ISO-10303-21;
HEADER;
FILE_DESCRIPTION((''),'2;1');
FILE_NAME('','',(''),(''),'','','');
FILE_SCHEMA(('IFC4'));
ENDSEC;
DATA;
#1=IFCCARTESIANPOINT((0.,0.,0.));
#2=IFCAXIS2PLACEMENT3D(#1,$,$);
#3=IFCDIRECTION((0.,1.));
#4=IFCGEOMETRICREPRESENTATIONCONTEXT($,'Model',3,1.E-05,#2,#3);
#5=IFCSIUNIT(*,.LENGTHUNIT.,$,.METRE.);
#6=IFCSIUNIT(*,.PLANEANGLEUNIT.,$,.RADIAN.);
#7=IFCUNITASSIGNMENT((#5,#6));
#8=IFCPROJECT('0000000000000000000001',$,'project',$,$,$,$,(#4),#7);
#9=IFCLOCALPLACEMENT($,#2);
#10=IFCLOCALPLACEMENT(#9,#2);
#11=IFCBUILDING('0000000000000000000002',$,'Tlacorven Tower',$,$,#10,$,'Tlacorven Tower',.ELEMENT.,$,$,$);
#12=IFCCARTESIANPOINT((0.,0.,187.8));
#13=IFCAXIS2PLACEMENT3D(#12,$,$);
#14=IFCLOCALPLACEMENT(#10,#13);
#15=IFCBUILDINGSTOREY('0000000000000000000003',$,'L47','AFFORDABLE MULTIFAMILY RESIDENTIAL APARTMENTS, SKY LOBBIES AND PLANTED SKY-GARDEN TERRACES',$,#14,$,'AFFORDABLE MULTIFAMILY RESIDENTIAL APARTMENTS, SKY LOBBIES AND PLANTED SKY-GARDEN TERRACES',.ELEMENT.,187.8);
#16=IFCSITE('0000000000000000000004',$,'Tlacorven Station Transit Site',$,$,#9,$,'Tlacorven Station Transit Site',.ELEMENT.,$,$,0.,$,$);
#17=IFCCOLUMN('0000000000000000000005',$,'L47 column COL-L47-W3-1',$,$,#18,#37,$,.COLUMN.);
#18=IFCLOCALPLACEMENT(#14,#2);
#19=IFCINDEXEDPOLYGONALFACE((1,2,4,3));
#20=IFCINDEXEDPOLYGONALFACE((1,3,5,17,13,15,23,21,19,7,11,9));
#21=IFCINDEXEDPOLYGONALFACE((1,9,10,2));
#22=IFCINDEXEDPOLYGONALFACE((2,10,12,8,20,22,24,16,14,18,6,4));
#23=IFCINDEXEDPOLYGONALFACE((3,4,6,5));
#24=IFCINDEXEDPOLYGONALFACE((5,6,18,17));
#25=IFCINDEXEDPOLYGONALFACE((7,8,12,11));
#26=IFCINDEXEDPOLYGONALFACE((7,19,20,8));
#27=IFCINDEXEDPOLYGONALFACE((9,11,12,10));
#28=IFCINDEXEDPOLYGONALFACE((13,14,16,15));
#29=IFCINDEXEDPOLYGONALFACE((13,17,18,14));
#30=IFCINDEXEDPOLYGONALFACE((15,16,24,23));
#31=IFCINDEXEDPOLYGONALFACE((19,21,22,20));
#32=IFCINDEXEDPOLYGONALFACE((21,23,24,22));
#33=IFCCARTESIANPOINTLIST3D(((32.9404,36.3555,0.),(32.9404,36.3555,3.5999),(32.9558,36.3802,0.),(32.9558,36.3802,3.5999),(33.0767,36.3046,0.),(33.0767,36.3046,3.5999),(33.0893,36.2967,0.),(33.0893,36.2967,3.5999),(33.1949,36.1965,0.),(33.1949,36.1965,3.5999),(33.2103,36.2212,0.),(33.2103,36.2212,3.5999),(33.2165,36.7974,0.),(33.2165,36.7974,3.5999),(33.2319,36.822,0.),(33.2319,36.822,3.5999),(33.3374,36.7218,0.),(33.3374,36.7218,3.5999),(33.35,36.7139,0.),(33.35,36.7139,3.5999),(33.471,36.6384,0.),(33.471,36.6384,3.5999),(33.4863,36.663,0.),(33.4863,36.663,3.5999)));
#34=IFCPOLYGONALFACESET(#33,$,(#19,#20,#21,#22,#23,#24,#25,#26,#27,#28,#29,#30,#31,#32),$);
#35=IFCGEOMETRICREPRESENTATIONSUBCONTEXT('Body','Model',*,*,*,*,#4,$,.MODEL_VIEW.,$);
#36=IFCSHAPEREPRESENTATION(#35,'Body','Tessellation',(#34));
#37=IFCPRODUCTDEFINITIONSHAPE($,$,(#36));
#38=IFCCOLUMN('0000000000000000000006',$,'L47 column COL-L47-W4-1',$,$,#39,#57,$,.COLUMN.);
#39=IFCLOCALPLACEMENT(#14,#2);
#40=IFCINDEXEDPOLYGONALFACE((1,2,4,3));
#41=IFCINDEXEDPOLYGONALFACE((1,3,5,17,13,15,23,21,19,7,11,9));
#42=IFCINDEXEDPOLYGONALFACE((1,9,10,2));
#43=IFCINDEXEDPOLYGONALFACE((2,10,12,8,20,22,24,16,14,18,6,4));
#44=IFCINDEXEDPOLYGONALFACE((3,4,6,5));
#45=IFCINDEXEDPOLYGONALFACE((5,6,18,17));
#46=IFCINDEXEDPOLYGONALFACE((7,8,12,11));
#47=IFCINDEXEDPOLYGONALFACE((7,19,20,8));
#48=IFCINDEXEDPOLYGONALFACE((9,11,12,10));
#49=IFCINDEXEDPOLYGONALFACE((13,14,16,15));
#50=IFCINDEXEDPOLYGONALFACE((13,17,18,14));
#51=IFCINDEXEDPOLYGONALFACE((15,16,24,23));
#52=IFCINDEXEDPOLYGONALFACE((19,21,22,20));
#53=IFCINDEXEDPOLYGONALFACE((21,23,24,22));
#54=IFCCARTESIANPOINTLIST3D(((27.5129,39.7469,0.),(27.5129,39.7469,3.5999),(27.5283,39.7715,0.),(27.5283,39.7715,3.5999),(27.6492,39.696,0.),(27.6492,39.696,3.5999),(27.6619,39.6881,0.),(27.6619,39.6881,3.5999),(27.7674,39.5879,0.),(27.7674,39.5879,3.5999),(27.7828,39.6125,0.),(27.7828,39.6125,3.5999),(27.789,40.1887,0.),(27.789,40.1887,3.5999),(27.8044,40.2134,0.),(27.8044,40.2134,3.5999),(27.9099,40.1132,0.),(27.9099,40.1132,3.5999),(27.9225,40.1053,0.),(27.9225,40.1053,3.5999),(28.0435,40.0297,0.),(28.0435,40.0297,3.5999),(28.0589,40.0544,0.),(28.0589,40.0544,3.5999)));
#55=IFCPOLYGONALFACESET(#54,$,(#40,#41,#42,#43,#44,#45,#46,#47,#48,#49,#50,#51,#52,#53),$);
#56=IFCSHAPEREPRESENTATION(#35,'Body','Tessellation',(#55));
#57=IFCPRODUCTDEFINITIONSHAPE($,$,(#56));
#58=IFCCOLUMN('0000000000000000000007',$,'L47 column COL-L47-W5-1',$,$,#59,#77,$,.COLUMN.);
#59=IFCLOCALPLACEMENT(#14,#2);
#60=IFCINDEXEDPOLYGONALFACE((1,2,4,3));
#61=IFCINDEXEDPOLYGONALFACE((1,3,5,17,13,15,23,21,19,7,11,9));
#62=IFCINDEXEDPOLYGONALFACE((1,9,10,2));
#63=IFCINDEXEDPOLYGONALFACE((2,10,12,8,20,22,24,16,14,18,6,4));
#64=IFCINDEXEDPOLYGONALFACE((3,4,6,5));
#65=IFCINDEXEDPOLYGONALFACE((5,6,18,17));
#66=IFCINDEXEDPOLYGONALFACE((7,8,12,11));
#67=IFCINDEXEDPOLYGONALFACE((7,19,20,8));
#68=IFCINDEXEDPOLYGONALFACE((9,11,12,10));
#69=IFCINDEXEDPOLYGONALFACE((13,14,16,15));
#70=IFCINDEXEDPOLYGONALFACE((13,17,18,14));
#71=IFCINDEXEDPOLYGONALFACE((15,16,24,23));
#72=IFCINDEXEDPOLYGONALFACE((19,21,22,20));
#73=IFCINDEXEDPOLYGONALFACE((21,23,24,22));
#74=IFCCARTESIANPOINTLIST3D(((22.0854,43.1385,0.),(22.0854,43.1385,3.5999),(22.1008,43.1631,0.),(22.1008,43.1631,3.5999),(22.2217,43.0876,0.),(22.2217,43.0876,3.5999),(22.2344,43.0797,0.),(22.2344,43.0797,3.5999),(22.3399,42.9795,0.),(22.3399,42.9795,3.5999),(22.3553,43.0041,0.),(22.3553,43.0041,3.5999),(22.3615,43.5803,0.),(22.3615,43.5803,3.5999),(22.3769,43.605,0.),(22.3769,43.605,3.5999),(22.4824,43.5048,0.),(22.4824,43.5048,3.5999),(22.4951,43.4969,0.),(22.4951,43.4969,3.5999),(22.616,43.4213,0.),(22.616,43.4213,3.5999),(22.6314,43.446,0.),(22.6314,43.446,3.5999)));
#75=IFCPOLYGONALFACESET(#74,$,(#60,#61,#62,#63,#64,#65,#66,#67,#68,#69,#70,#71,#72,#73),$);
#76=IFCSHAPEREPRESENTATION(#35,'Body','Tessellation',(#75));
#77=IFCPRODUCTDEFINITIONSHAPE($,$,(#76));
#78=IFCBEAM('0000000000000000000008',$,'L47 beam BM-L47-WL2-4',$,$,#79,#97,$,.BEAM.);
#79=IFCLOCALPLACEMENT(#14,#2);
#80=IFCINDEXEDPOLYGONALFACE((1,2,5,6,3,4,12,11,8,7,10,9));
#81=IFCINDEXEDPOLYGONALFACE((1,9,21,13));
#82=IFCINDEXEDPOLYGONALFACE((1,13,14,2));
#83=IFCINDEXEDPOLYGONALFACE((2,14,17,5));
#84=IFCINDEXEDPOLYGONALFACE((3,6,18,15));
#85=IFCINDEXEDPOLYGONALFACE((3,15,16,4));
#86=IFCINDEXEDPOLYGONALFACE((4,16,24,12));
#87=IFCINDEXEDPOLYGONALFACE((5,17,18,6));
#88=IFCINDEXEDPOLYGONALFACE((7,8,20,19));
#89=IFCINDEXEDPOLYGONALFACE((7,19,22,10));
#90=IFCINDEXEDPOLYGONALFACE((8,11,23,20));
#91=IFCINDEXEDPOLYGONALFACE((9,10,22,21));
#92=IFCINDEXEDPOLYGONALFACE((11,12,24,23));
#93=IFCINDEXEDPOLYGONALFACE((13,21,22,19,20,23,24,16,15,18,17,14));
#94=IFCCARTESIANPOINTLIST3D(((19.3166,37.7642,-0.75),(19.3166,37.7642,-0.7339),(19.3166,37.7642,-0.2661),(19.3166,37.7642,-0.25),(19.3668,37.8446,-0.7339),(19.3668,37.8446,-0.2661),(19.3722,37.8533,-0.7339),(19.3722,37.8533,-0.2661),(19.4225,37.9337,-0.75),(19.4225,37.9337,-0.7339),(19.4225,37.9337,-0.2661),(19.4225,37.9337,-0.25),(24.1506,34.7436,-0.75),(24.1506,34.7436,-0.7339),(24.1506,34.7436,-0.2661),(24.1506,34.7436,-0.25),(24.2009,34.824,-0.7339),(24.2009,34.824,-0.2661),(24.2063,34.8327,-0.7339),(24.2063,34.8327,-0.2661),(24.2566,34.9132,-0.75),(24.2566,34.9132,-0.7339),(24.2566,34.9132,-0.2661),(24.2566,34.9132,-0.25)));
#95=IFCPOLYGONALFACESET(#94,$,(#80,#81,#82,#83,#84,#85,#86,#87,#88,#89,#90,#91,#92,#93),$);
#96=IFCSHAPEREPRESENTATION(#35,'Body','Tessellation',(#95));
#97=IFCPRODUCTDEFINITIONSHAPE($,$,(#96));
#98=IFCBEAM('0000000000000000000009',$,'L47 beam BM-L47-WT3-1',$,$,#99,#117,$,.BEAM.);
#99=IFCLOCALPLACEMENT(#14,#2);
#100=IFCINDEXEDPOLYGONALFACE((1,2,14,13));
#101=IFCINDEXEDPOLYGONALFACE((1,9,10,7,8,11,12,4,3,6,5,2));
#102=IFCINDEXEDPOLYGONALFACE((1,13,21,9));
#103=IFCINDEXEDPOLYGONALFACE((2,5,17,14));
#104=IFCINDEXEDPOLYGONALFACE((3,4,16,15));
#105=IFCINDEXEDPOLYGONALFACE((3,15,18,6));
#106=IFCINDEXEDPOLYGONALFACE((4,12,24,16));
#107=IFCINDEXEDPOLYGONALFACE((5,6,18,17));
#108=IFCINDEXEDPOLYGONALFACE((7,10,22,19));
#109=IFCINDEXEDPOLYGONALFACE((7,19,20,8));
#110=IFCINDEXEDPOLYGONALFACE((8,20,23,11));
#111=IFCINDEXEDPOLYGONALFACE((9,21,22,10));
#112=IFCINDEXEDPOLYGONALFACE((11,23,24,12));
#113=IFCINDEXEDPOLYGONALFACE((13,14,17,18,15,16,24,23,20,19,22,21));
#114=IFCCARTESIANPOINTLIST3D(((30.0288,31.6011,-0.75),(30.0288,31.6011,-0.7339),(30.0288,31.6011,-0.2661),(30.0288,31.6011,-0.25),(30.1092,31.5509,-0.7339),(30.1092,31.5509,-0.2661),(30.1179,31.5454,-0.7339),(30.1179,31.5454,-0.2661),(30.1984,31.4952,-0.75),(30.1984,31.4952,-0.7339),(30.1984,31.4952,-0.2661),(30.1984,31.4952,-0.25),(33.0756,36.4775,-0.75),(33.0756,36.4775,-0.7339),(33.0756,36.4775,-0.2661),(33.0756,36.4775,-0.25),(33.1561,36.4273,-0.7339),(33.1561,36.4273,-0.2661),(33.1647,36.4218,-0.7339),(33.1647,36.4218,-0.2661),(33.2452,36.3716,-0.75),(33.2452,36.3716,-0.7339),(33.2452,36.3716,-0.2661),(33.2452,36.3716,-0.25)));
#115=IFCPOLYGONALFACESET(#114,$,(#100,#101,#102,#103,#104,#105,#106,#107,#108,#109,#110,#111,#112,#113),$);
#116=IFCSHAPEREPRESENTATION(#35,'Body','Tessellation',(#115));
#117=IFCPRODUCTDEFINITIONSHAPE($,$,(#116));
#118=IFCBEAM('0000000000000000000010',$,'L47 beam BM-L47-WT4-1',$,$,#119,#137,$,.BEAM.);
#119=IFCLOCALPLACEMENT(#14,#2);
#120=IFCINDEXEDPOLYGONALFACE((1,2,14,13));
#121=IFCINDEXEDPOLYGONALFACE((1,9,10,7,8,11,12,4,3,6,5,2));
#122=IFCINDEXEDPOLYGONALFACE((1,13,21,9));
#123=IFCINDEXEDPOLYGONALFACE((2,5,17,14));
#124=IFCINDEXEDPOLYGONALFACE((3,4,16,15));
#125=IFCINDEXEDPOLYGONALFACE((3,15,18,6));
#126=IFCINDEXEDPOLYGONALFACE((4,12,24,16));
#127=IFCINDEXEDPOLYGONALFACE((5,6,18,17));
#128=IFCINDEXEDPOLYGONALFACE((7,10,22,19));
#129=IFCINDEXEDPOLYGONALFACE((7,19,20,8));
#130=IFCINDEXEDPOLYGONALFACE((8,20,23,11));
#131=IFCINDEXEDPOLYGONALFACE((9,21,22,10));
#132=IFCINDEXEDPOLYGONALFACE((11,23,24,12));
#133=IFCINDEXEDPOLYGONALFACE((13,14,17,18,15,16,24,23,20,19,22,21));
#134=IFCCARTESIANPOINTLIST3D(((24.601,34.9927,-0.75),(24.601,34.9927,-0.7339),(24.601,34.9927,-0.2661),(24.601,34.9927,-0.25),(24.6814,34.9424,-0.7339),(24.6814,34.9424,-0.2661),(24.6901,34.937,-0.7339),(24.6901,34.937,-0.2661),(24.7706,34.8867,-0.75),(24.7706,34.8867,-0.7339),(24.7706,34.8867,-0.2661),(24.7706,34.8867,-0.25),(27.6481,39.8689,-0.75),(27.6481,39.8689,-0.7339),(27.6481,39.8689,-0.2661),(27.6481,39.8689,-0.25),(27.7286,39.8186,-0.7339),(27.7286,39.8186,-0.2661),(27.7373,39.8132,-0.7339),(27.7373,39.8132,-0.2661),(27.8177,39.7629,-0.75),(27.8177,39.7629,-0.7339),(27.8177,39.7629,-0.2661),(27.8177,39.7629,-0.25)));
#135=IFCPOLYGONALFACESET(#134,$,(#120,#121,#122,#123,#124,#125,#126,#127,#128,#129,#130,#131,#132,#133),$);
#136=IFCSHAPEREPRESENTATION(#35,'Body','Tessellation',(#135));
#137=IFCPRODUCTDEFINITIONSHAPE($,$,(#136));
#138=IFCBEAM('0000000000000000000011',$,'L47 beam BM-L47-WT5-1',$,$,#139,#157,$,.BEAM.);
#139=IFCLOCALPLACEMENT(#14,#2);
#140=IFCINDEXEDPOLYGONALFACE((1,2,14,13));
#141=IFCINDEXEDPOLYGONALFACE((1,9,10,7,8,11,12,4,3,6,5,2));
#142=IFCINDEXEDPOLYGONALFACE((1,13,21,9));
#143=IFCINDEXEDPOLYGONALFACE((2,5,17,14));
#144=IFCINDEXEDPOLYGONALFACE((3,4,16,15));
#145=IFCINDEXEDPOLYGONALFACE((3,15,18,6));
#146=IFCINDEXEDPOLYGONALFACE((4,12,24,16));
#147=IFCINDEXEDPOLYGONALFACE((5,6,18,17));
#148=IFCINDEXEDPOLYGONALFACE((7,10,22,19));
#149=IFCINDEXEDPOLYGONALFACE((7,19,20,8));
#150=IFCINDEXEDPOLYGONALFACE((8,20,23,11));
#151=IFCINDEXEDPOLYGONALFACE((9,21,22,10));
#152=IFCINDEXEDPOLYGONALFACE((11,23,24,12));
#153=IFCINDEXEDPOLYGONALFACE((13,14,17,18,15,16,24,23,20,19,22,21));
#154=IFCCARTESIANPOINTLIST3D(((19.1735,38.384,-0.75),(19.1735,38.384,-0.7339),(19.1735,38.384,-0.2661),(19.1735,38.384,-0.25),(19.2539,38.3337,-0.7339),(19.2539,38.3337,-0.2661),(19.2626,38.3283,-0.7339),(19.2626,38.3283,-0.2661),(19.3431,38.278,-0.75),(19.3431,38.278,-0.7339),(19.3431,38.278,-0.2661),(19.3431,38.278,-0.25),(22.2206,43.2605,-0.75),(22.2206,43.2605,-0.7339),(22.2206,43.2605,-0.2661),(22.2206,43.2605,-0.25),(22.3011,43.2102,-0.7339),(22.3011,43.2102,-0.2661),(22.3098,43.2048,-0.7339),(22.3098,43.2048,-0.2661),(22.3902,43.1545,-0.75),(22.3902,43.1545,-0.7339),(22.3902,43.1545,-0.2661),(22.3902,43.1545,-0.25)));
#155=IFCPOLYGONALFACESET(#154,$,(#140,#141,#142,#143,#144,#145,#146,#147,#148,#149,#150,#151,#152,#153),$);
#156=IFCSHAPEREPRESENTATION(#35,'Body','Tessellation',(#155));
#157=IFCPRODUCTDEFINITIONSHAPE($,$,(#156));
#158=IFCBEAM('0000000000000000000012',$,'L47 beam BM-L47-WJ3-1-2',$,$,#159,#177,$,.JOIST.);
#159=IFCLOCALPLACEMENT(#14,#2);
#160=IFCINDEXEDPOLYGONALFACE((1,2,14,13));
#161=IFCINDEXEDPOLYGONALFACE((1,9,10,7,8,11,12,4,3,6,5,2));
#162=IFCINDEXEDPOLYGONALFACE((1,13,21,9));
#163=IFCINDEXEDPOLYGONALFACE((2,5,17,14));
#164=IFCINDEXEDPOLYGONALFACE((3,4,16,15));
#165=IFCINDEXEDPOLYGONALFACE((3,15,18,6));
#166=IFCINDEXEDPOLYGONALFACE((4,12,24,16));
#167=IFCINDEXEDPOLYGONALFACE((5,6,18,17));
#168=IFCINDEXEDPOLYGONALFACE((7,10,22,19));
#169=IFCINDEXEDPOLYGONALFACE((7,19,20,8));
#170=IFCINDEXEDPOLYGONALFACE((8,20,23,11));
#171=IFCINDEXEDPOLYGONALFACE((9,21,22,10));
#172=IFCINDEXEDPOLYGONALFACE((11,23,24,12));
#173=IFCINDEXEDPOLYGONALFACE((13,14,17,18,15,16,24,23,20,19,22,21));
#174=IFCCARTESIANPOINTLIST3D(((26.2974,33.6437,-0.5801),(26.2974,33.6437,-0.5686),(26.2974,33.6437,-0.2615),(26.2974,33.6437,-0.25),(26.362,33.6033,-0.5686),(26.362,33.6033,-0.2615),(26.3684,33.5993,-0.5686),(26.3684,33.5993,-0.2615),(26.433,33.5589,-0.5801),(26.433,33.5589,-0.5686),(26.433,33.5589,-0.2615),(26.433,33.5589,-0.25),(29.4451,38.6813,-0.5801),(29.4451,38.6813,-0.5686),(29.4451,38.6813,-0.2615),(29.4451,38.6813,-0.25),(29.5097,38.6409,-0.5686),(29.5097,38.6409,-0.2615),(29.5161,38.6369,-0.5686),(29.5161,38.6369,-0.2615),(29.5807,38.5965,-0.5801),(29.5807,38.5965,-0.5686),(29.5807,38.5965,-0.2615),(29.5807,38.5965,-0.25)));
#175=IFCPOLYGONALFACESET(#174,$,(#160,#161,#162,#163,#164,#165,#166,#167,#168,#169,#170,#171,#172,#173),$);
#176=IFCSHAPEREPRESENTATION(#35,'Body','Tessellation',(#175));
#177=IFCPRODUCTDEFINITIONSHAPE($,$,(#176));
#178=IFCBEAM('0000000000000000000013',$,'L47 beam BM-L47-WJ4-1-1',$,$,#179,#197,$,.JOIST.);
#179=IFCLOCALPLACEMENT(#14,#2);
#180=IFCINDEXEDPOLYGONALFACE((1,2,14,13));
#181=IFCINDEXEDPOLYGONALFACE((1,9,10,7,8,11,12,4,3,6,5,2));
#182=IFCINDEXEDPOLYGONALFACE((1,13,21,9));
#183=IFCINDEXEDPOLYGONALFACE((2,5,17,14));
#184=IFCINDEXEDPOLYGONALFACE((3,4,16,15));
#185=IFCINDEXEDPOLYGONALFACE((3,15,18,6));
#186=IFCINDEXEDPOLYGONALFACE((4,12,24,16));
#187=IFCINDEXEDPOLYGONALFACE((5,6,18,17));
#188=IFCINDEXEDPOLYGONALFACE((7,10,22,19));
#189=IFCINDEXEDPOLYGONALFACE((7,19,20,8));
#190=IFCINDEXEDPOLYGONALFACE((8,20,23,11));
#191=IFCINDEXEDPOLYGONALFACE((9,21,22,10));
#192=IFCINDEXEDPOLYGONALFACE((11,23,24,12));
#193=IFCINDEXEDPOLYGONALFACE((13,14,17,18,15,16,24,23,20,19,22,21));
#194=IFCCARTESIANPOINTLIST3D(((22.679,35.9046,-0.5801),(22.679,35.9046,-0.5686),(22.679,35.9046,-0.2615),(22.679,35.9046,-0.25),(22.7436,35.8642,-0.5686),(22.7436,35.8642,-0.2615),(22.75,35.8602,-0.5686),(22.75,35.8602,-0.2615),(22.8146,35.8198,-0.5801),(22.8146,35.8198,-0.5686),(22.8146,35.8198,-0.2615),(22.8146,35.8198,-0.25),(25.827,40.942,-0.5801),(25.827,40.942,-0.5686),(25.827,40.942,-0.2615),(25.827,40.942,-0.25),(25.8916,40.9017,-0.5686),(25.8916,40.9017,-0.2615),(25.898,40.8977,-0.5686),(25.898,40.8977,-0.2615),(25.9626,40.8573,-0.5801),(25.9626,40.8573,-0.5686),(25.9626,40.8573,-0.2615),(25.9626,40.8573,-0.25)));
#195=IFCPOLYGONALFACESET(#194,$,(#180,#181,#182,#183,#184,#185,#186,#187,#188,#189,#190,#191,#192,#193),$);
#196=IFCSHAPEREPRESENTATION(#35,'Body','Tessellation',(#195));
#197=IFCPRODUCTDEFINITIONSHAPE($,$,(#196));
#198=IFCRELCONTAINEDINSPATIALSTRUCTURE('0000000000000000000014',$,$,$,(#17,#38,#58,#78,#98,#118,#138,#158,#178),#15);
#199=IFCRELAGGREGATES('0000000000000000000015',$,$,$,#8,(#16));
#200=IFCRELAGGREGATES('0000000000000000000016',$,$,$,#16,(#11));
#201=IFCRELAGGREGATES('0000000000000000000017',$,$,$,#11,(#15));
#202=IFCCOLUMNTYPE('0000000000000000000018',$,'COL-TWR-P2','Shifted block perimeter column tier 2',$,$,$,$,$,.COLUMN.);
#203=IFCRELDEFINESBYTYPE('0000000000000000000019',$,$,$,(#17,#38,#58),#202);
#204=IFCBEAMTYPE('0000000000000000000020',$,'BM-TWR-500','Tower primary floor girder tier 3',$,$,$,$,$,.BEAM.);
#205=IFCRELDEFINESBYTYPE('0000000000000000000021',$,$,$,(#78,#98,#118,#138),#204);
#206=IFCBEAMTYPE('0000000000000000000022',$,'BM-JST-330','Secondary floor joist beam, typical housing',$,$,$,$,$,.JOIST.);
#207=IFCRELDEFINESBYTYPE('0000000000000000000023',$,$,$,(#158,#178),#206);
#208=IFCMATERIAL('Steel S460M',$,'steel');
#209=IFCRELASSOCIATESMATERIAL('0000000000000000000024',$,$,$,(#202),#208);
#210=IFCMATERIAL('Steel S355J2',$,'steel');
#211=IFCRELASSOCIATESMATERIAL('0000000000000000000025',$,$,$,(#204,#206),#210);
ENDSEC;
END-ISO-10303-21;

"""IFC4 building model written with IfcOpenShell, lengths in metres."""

from ifc_helpers import new_model, si_unit, direction, frame, origin, origin_2d, place, context, subcontext, project, spatial, i_section, extrude, source, transform, mapped, material, material_profile, profile_set, type_object, element, save


model = new_model("IFC4")

# Units and contexts
model_context = context("Model", 3, precision=1e-05, world=origin(), true_north=direction((0.0, 1.0)))
body_context = subcontext(model_context, "Body", "Model", "MODEL_VIEW")
ifc_project = project(units=[si_unit("LENGTHUNIT", "METRE"), si_unit("PLANEANGLEUNIT", "RADIAN")], contexts=[model_context])

# Site, building, storey
site_placement = place(None, origin())
site = spatial("IfcSite", under=ifc_project, at=site_placement, Name="Tlacorven Station Transit Site", LongName="Tlacorven Station Transit Site", CompositionType="ELEMENT", RefElevation=0.0)
building_placement = place(site_placement, origin())
building = spatial("IfcBuilding", under=site, at=building_placement, Name="Tlacorven Tower", LongName="Tlacorven Tower", CompositionType="ELEMENT")
storey_placement = place(building_placement, frame((0.0, 0.0, 187.8)))
storey = spatial("IfcBuildingStorey", under=building, at=storey_placement, Name="L47", Description="AFFORDABLE MULTIFAMILY RESIDENTIAL APARTMENTS, SKY LOBBIES AND PLANTED SKY-GARDEN TERRACES", LongName="AFFORDABLE MULTIFAMILY RESIDENTIAL APARTMENTS, SKY LOBBIES AND PLANTED SKY-GARDEN TERRACES", CompositionType="ELEMENT", Elevation=187.8)

# Columns
ifc_material_1 = material(Name="Steel S460M", Category="steel")
ifc_material_profile_1 = material_profile(ifc_material_1, i_section(OverallWidth=0.3, OverallDepth=0.55, WebThickness=0.0149, FlangeThickness=0.0291, at=origin_2d()), Name="HEB 550")
ifc_profile_set_1 = profile_set([ifc_material_profile_1], Name="Steel S460M")
column_type = type_object("IfcColumnType", Name="COL-TWR-P2", Description="Shifted block perimeter column tier 2", PredefinedType="COLUMN", material=ifc_profile_set_1)
shared_shape_1 = source(origin(), body_context, "Body", "SweptSolid", [
    extrude(i_section(OverallWidth=0.3, OverallDepth=0.55, WebThickness=0.0149, FlangeThickness=0.0291, at=origin_2d()), origin(), (0.0, 0.0, 1.0), 3.5999),
])
for number, where, z_axis, x_axis, name in (
    (1, (33.2134, 36.5093, 0.0), (0.0, 0.0, 1.0), (-0.848048, 0.529919, 0.0), "L47 column COL-L47-W3-1"),
    (2, (27.7859, 39.9006, 0.0), (0.0, 0.0, 1.0), (-0.848048, 0.529919, 0.0), "L47 column COL-L47-W4-1"),
    (3, (22.3584, 43.2922, 0.0), (0.0, 0.0, 1.0), (-0.848048, 0.529919, 0.0), "L47 column COL-L47-W5-1"),
):
    element("IfcColumn", number, at=place(storey_placement, frame(where, z_axis=z_axis, x_axis=x_axis)), inside=storey, type_object=column_type, Name=name, PredefinedType="COLUMN", context=body_context, shape_type="MappedRepresentation", body=[
        mapped(shared_shape_1, transform((0.0, 0.0, 0.0), scale=1.0)),
    ])

# Beams
ifc_material_2 = material(Name="Steel S355J2", Category="steel")
ifc_material_profile_2 = material_profile(ifc_material_2, i_section(OverallWidth=0.2, OverallDepth=0.5, WebThickness=0.0103, FlangeThickness=0.0161, at=origin_2d()), Name="IPE 500")
ifc_profile_set_2 = profile_set([ifc_material_profile_2], Name="Steel S355J2")
beam_type_1 = type_object("IfcBeamType", Name="BM-TWR-500", Description="Tower primary floor girder tier 3", PredefinedType="BEAM", material=ifc_profile_set_2)
shared_shape_2 = source(origin(), body_context, "Body", "SweptSolid", [
    extrude(i_section(OverallWidth=0.2, OverallDepth=0.5, WebThickness=0.0103, FlangeThickness=0.0161, at=origin_2d()), origin(), (0.0, 0.0, 1.0), 5.7002),
])
beam_1_placement = place(storey_placement, frame((24.2036, 34.8284, -0.5), z_axis=(-0.848056, 0.529907, 0.0), x_axis=(-0.529907, -0.848056, 0.0)))
element("IfcBeam", 4, at=beam_1_placement, inside=storey, type_object=beam_type_1, Name="L47 beam BM-L47-WL2-4", PredefinedType="BEAM", context=body_context, shape_type="MappedRepresentation", body=[
    mapped(shared_shape_2, transform((0.0, 0.0, 0.0), scale=1.0)),
])
shared_shape_3 = source(origin(), body_context, "Body", "SweptSolid", [
    extrude(i_section(OverallWidth=0.2, OverallDepth=0.5, WebThickness=0.0103, FlangeThickness=0.0161, at=origin_2d()), origin(), (0.0, 0.0, 1.0), 5.75),
])
for number, where, z_axis, x_axis, name in (
    (5, (33.1604, 36.4246, -0.5), (-0.529884, -0.84807, 0.0), (0.84807, -0.529884, 0.0), "L47 beam BM-L47-WT3-1"),
    (6, (27.7329, 39.8159, -0.5), (-0.529934, -0.848039, 0.0), (0.848039, -0.529934, 0.0), "L47 beam BM-L47-WT4-1"),
):
    element("IfcBeam", number, at=place(storey_placement, frame(where, z_axis=z_axis, x_axis=x_axis)), inside=storey, type_object=beam_type_1, Name=name, PredefinedType="BEAM", context=body_context, shape_type="MappedRepresentation", body=[
        mapped(shared_shape_3, transform((0.0, 0.0, 0.0), scale=1.0)),
    ])
shared_shape_4 = source(origin(), body_context, "Body", "SweptSolid", [
    extrude(i_section(OverallWidth=0.2, OverallDepth=0.5, WebThickness=0.0103, FlangeThickness=0.0161, at=origin_2d()), origin(), (0.0, 0.0, 1.0), 5.7502),
])
beam_2_placement = place(storey_placement, frame((22.3054, 43.2075, -0.5), z_axis=(-0.529915, -0.848051, 0.0), x_axis=(0.848051, -0.529915, 0.0)))
element("IfcBeam", 7, at=beam_2_placement, inside=storey, type_object=beam_type_1, Name="L47 beam BM-L47-WT5-1", PredefinedType="BEAM", context=body_context, shape_type="MappedRepresentation", body=[
    mapped(shared_shape_4, transform((0.0, 0.0, 0.0), scale=1.0)),
])
ifc_material_profile_3 = material_profile(ifc_material_2, i_section(OverallWidth=0.1599, OverallDepth=0.3301, WebThickness=0.0076, FlangeThickness=0.0115, at=origin_2d()), Name="IPE 330")
ifc_profile_set_3 = profile_set([ifc_material_profile_3], Name="Steel S355J2")
beam_type_2 = type_object("IfcBeamType", Name="BM-JST-330", Description="Secondary floor joist beam, typical housing", PredefinedType="JOIST", material=ifc_profile_set_3)
shared_shape_5 = source(origin(), body_context, "Body", "SweptSolid", [
    extrude(i_section(OverallWidth=0.1599, OverallDepth=0.3301, WebThickness=0.0076, FlangeThickness=0.0115, at=origin_2d()), origin(), (0.0, 0.0, 1.0), 5.9402),
])
for number, where, z_axis, x_axis, name in (
    (8, (29.5129, 38.6389, -0.415), (-0.529903, -0.848058, 0.0), (0.848058, -0.529903, 0.0), "L47 beam BM-L47-WJ3-1-2"),
    (9, (25.8948, 40.8997, -0.415), (-0.529951, -0.848028, 0.0), (0.848028, -0.529951, 0.0), "L47 beam BM-L47-WJ4-1-1"),
):
    element("IfcBeam", number, at=place(storey_placement, frame(where, z_axis=z_axis, x_axis=x_axis)), inside=storey, type_object=beam_type_2, Name=name, PredefinedType="JOIST", context=body_context, shape_type="MappedRepresentation", body=[
        mapped(shared_shape_5, transform((0.0, 0.0, 0.0), scale=1.0)),
    ])

save(model, "model.ifc")
